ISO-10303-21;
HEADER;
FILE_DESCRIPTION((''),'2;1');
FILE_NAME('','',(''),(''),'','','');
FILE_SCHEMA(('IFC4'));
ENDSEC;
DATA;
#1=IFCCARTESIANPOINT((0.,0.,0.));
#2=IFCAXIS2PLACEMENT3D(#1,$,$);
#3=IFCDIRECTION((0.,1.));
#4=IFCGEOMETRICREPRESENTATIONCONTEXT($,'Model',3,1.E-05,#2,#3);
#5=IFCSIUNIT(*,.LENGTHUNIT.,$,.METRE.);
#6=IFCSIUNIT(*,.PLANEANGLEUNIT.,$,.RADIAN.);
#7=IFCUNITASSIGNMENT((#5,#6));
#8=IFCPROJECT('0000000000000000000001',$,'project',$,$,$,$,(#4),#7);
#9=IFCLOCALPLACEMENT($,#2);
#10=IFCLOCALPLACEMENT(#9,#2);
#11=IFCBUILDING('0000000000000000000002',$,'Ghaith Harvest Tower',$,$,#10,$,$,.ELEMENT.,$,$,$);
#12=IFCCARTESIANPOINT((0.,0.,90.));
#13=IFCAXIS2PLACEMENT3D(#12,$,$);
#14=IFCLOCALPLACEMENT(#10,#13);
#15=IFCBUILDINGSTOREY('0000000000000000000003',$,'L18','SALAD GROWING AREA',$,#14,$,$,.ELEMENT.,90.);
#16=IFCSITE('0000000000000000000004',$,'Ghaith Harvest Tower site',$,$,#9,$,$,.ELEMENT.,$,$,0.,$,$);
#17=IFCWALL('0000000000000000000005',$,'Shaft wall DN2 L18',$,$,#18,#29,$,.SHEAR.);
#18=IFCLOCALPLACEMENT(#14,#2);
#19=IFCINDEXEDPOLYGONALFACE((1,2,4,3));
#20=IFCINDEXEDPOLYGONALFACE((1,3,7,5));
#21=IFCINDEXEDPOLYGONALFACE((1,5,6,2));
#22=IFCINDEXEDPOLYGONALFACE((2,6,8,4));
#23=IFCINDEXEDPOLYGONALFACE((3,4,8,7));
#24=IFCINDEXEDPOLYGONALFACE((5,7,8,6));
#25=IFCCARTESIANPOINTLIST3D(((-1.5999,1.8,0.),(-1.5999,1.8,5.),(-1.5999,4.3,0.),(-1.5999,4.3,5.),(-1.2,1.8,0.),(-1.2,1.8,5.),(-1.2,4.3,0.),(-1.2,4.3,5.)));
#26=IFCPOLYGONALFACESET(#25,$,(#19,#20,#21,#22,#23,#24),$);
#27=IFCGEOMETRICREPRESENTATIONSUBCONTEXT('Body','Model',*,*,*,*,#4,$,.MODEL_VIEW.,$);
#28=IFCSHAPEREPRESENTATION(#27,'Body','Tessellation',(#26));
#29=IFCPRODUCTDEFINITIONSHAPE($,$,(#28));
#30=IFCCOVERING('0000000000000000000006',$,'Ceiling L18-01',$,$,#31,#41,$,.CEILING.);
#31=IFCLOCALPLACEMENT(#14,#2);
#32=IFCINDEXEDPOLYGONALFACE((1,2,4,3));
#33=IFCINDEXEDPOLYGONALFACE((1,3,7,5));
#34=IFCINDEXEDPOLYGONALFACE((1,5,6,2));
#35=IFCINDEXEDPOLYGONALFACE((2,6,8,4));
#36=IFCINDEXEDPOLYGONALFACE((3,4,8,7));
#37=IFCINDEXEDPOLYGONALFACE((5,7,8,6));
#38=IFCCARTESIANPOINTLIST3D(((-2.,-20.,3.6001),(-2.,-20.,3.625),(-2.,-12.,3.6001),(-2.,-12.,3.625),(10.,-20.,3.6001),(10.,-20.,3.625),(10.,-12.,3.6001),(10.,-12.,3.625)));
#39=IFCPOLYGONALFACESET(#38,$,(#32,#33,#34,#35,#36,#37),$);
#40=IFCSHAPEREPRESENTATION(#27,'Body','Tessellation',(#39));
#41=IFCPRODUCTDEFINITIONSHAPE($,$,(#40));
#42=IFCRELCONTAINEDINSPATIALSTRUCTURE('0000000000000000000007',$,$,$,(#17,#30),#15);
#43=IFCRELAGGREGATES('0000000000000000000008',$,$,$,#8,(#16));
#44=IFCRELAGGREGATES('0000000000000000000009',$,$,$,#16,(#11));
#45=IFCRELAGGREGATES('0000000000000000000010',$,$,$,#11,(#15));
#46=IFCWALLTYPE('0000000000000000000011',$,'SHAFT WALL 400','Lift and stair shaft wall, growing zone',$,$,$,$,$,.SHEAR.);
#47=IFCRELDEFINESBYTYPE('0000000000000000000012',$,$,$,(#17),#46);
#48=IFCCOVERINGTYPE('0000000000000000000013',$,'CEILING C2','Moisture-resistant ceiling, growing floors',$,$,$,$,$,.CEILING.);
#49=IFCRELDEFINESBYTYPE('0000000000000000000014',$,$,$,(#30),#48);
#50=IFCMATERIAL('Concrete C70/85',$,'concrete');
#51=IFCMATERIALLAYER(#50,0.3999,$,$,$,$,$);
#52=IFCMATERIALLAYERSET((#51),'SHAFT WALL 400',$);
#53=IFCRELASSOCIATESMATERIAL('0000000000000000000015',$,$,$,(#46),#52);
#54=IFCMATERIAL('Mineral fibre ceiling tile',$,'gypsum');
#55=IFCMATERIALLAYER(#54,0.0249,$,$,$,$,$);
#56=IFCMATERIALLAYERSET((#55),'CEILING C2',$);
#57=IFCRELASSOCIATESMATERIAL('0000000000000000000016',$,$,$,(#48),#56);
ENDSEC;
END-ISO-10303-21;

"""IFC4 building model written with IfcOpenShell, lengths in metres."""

from ifc_helpers import new_model, si_unit, direction, frame, frame_2d, origin, place, context, subcontext, project, spatial, polyline, rectangle, outline, extrude, material, layer, layer_set, type_object, element, save


model = new_model("IFC4")

# Units and contexts
model_context = context("Model", 3, precision=1e-05, world=origin(), true_north=direction((0.0, 1.0)))
body_context = subcontext(model_context, "Body", "Model", "MODEL_VIEW")
ifc_project = project(units=[si_unit("LENGTHUNIT", "METRE"), si_unit("PLANEANGLEUNIT", "RADIAN")], contexts=[model_context])

# Site, building, storey
site_placement = place(None, origin())
site = spatial("IfcSite", under=ifc_project, at=site_placement, Name="Ghaith Harvest Tower site", CompositionType="ELEMENT", RefElevation=0.0)
building_placement = place(site_placement, origin())
building = spatial("IfcBuilding", under=site, at=building_placement, Name="Ghaith Harvest Tower", CompositionType="ELEMENT")
storey_placement = place(building_placement, frame((0.0, 0.0, 90.0)))
storey = spatial("IfcBuildingStorey", under=building, at=storey_placement, Name="L18", Description="SALAD GROWING AREA", CompositionType="ELEMENT", Elevation=90.0)

# Wall
ifc_material_1 = material(Name="Concrete C70/85", Category="concrete")
ifc_layer_1 = layer(ifc_material_1, 0.3999)
ifc_layer_set_1 = layer_set([ifc_layer_1], Name="SHAFT WALL 400")
wall_type_1 = type_object("IfcWallType", Name="SHAFT WALL 400", Description="Lift and stair shaft wall, growing zone", PredefinedType="SHEAR", material=ifc_layer_set_1)
for number, where, z_axis, x_axis, name in (
    (1, (-1.3999, 1.8, 0.0), (0.0, 0.0, 1.0), (0.0, 1.0, 0.0), "Shaft wall DN2 L18"),
):
    element("IfcWall", number, at=place(storey_placement, frame(where, z_axis=z_axis, x_axis=x_axis)), inside=storey, type_object=wall_type_1, Name=name, PredefinedType="SHEAR", context=body_context, shape_type="SweptSolid", body=[
        extrude(rectangle(XDim=2.5, YDim=0.3999, at=frame_2d((1.25, 0.0))), origin(), (0.0, 0.0, 1.0), 5.0),
    ])

# Covering
ifc_material_2 = material(Name="Mineral fibre ceiling tile", Category="gypsum")
ifc_layer_2 = layer(ifc_material_2, 0.0249)
ifc_layer_set_2 = layer_set([ifc_layer_2], Name="CEILING C2")
covering_type = type_object("IfcCoveringType", Name="CEILING C2", Description="Moisture-resistant ceiling, growing floors", PredefinedType="CEILING", material=ifc_layer_set_2)
covering_placement = place(storey_placement, frame((0.0, 0.0, 3.6001)))
element("IfcCovering", 2, at=covering_placement, inside=storey, type_object=covering_type, Name="Ceiling L18-01", PredefinedType="CEILING", context=body_context, shape_type="SweptSolid", body=[
    extrude(outline(polyline([(-2.0, -20.0), (10.0, -20.0), (10.0, -12.0), (-2.0, -12.0), (-2.0, -20.0)])), origin(), (0.0, 0.0, 1.0), 0.0249),
])

save(model, "model.ifc")
